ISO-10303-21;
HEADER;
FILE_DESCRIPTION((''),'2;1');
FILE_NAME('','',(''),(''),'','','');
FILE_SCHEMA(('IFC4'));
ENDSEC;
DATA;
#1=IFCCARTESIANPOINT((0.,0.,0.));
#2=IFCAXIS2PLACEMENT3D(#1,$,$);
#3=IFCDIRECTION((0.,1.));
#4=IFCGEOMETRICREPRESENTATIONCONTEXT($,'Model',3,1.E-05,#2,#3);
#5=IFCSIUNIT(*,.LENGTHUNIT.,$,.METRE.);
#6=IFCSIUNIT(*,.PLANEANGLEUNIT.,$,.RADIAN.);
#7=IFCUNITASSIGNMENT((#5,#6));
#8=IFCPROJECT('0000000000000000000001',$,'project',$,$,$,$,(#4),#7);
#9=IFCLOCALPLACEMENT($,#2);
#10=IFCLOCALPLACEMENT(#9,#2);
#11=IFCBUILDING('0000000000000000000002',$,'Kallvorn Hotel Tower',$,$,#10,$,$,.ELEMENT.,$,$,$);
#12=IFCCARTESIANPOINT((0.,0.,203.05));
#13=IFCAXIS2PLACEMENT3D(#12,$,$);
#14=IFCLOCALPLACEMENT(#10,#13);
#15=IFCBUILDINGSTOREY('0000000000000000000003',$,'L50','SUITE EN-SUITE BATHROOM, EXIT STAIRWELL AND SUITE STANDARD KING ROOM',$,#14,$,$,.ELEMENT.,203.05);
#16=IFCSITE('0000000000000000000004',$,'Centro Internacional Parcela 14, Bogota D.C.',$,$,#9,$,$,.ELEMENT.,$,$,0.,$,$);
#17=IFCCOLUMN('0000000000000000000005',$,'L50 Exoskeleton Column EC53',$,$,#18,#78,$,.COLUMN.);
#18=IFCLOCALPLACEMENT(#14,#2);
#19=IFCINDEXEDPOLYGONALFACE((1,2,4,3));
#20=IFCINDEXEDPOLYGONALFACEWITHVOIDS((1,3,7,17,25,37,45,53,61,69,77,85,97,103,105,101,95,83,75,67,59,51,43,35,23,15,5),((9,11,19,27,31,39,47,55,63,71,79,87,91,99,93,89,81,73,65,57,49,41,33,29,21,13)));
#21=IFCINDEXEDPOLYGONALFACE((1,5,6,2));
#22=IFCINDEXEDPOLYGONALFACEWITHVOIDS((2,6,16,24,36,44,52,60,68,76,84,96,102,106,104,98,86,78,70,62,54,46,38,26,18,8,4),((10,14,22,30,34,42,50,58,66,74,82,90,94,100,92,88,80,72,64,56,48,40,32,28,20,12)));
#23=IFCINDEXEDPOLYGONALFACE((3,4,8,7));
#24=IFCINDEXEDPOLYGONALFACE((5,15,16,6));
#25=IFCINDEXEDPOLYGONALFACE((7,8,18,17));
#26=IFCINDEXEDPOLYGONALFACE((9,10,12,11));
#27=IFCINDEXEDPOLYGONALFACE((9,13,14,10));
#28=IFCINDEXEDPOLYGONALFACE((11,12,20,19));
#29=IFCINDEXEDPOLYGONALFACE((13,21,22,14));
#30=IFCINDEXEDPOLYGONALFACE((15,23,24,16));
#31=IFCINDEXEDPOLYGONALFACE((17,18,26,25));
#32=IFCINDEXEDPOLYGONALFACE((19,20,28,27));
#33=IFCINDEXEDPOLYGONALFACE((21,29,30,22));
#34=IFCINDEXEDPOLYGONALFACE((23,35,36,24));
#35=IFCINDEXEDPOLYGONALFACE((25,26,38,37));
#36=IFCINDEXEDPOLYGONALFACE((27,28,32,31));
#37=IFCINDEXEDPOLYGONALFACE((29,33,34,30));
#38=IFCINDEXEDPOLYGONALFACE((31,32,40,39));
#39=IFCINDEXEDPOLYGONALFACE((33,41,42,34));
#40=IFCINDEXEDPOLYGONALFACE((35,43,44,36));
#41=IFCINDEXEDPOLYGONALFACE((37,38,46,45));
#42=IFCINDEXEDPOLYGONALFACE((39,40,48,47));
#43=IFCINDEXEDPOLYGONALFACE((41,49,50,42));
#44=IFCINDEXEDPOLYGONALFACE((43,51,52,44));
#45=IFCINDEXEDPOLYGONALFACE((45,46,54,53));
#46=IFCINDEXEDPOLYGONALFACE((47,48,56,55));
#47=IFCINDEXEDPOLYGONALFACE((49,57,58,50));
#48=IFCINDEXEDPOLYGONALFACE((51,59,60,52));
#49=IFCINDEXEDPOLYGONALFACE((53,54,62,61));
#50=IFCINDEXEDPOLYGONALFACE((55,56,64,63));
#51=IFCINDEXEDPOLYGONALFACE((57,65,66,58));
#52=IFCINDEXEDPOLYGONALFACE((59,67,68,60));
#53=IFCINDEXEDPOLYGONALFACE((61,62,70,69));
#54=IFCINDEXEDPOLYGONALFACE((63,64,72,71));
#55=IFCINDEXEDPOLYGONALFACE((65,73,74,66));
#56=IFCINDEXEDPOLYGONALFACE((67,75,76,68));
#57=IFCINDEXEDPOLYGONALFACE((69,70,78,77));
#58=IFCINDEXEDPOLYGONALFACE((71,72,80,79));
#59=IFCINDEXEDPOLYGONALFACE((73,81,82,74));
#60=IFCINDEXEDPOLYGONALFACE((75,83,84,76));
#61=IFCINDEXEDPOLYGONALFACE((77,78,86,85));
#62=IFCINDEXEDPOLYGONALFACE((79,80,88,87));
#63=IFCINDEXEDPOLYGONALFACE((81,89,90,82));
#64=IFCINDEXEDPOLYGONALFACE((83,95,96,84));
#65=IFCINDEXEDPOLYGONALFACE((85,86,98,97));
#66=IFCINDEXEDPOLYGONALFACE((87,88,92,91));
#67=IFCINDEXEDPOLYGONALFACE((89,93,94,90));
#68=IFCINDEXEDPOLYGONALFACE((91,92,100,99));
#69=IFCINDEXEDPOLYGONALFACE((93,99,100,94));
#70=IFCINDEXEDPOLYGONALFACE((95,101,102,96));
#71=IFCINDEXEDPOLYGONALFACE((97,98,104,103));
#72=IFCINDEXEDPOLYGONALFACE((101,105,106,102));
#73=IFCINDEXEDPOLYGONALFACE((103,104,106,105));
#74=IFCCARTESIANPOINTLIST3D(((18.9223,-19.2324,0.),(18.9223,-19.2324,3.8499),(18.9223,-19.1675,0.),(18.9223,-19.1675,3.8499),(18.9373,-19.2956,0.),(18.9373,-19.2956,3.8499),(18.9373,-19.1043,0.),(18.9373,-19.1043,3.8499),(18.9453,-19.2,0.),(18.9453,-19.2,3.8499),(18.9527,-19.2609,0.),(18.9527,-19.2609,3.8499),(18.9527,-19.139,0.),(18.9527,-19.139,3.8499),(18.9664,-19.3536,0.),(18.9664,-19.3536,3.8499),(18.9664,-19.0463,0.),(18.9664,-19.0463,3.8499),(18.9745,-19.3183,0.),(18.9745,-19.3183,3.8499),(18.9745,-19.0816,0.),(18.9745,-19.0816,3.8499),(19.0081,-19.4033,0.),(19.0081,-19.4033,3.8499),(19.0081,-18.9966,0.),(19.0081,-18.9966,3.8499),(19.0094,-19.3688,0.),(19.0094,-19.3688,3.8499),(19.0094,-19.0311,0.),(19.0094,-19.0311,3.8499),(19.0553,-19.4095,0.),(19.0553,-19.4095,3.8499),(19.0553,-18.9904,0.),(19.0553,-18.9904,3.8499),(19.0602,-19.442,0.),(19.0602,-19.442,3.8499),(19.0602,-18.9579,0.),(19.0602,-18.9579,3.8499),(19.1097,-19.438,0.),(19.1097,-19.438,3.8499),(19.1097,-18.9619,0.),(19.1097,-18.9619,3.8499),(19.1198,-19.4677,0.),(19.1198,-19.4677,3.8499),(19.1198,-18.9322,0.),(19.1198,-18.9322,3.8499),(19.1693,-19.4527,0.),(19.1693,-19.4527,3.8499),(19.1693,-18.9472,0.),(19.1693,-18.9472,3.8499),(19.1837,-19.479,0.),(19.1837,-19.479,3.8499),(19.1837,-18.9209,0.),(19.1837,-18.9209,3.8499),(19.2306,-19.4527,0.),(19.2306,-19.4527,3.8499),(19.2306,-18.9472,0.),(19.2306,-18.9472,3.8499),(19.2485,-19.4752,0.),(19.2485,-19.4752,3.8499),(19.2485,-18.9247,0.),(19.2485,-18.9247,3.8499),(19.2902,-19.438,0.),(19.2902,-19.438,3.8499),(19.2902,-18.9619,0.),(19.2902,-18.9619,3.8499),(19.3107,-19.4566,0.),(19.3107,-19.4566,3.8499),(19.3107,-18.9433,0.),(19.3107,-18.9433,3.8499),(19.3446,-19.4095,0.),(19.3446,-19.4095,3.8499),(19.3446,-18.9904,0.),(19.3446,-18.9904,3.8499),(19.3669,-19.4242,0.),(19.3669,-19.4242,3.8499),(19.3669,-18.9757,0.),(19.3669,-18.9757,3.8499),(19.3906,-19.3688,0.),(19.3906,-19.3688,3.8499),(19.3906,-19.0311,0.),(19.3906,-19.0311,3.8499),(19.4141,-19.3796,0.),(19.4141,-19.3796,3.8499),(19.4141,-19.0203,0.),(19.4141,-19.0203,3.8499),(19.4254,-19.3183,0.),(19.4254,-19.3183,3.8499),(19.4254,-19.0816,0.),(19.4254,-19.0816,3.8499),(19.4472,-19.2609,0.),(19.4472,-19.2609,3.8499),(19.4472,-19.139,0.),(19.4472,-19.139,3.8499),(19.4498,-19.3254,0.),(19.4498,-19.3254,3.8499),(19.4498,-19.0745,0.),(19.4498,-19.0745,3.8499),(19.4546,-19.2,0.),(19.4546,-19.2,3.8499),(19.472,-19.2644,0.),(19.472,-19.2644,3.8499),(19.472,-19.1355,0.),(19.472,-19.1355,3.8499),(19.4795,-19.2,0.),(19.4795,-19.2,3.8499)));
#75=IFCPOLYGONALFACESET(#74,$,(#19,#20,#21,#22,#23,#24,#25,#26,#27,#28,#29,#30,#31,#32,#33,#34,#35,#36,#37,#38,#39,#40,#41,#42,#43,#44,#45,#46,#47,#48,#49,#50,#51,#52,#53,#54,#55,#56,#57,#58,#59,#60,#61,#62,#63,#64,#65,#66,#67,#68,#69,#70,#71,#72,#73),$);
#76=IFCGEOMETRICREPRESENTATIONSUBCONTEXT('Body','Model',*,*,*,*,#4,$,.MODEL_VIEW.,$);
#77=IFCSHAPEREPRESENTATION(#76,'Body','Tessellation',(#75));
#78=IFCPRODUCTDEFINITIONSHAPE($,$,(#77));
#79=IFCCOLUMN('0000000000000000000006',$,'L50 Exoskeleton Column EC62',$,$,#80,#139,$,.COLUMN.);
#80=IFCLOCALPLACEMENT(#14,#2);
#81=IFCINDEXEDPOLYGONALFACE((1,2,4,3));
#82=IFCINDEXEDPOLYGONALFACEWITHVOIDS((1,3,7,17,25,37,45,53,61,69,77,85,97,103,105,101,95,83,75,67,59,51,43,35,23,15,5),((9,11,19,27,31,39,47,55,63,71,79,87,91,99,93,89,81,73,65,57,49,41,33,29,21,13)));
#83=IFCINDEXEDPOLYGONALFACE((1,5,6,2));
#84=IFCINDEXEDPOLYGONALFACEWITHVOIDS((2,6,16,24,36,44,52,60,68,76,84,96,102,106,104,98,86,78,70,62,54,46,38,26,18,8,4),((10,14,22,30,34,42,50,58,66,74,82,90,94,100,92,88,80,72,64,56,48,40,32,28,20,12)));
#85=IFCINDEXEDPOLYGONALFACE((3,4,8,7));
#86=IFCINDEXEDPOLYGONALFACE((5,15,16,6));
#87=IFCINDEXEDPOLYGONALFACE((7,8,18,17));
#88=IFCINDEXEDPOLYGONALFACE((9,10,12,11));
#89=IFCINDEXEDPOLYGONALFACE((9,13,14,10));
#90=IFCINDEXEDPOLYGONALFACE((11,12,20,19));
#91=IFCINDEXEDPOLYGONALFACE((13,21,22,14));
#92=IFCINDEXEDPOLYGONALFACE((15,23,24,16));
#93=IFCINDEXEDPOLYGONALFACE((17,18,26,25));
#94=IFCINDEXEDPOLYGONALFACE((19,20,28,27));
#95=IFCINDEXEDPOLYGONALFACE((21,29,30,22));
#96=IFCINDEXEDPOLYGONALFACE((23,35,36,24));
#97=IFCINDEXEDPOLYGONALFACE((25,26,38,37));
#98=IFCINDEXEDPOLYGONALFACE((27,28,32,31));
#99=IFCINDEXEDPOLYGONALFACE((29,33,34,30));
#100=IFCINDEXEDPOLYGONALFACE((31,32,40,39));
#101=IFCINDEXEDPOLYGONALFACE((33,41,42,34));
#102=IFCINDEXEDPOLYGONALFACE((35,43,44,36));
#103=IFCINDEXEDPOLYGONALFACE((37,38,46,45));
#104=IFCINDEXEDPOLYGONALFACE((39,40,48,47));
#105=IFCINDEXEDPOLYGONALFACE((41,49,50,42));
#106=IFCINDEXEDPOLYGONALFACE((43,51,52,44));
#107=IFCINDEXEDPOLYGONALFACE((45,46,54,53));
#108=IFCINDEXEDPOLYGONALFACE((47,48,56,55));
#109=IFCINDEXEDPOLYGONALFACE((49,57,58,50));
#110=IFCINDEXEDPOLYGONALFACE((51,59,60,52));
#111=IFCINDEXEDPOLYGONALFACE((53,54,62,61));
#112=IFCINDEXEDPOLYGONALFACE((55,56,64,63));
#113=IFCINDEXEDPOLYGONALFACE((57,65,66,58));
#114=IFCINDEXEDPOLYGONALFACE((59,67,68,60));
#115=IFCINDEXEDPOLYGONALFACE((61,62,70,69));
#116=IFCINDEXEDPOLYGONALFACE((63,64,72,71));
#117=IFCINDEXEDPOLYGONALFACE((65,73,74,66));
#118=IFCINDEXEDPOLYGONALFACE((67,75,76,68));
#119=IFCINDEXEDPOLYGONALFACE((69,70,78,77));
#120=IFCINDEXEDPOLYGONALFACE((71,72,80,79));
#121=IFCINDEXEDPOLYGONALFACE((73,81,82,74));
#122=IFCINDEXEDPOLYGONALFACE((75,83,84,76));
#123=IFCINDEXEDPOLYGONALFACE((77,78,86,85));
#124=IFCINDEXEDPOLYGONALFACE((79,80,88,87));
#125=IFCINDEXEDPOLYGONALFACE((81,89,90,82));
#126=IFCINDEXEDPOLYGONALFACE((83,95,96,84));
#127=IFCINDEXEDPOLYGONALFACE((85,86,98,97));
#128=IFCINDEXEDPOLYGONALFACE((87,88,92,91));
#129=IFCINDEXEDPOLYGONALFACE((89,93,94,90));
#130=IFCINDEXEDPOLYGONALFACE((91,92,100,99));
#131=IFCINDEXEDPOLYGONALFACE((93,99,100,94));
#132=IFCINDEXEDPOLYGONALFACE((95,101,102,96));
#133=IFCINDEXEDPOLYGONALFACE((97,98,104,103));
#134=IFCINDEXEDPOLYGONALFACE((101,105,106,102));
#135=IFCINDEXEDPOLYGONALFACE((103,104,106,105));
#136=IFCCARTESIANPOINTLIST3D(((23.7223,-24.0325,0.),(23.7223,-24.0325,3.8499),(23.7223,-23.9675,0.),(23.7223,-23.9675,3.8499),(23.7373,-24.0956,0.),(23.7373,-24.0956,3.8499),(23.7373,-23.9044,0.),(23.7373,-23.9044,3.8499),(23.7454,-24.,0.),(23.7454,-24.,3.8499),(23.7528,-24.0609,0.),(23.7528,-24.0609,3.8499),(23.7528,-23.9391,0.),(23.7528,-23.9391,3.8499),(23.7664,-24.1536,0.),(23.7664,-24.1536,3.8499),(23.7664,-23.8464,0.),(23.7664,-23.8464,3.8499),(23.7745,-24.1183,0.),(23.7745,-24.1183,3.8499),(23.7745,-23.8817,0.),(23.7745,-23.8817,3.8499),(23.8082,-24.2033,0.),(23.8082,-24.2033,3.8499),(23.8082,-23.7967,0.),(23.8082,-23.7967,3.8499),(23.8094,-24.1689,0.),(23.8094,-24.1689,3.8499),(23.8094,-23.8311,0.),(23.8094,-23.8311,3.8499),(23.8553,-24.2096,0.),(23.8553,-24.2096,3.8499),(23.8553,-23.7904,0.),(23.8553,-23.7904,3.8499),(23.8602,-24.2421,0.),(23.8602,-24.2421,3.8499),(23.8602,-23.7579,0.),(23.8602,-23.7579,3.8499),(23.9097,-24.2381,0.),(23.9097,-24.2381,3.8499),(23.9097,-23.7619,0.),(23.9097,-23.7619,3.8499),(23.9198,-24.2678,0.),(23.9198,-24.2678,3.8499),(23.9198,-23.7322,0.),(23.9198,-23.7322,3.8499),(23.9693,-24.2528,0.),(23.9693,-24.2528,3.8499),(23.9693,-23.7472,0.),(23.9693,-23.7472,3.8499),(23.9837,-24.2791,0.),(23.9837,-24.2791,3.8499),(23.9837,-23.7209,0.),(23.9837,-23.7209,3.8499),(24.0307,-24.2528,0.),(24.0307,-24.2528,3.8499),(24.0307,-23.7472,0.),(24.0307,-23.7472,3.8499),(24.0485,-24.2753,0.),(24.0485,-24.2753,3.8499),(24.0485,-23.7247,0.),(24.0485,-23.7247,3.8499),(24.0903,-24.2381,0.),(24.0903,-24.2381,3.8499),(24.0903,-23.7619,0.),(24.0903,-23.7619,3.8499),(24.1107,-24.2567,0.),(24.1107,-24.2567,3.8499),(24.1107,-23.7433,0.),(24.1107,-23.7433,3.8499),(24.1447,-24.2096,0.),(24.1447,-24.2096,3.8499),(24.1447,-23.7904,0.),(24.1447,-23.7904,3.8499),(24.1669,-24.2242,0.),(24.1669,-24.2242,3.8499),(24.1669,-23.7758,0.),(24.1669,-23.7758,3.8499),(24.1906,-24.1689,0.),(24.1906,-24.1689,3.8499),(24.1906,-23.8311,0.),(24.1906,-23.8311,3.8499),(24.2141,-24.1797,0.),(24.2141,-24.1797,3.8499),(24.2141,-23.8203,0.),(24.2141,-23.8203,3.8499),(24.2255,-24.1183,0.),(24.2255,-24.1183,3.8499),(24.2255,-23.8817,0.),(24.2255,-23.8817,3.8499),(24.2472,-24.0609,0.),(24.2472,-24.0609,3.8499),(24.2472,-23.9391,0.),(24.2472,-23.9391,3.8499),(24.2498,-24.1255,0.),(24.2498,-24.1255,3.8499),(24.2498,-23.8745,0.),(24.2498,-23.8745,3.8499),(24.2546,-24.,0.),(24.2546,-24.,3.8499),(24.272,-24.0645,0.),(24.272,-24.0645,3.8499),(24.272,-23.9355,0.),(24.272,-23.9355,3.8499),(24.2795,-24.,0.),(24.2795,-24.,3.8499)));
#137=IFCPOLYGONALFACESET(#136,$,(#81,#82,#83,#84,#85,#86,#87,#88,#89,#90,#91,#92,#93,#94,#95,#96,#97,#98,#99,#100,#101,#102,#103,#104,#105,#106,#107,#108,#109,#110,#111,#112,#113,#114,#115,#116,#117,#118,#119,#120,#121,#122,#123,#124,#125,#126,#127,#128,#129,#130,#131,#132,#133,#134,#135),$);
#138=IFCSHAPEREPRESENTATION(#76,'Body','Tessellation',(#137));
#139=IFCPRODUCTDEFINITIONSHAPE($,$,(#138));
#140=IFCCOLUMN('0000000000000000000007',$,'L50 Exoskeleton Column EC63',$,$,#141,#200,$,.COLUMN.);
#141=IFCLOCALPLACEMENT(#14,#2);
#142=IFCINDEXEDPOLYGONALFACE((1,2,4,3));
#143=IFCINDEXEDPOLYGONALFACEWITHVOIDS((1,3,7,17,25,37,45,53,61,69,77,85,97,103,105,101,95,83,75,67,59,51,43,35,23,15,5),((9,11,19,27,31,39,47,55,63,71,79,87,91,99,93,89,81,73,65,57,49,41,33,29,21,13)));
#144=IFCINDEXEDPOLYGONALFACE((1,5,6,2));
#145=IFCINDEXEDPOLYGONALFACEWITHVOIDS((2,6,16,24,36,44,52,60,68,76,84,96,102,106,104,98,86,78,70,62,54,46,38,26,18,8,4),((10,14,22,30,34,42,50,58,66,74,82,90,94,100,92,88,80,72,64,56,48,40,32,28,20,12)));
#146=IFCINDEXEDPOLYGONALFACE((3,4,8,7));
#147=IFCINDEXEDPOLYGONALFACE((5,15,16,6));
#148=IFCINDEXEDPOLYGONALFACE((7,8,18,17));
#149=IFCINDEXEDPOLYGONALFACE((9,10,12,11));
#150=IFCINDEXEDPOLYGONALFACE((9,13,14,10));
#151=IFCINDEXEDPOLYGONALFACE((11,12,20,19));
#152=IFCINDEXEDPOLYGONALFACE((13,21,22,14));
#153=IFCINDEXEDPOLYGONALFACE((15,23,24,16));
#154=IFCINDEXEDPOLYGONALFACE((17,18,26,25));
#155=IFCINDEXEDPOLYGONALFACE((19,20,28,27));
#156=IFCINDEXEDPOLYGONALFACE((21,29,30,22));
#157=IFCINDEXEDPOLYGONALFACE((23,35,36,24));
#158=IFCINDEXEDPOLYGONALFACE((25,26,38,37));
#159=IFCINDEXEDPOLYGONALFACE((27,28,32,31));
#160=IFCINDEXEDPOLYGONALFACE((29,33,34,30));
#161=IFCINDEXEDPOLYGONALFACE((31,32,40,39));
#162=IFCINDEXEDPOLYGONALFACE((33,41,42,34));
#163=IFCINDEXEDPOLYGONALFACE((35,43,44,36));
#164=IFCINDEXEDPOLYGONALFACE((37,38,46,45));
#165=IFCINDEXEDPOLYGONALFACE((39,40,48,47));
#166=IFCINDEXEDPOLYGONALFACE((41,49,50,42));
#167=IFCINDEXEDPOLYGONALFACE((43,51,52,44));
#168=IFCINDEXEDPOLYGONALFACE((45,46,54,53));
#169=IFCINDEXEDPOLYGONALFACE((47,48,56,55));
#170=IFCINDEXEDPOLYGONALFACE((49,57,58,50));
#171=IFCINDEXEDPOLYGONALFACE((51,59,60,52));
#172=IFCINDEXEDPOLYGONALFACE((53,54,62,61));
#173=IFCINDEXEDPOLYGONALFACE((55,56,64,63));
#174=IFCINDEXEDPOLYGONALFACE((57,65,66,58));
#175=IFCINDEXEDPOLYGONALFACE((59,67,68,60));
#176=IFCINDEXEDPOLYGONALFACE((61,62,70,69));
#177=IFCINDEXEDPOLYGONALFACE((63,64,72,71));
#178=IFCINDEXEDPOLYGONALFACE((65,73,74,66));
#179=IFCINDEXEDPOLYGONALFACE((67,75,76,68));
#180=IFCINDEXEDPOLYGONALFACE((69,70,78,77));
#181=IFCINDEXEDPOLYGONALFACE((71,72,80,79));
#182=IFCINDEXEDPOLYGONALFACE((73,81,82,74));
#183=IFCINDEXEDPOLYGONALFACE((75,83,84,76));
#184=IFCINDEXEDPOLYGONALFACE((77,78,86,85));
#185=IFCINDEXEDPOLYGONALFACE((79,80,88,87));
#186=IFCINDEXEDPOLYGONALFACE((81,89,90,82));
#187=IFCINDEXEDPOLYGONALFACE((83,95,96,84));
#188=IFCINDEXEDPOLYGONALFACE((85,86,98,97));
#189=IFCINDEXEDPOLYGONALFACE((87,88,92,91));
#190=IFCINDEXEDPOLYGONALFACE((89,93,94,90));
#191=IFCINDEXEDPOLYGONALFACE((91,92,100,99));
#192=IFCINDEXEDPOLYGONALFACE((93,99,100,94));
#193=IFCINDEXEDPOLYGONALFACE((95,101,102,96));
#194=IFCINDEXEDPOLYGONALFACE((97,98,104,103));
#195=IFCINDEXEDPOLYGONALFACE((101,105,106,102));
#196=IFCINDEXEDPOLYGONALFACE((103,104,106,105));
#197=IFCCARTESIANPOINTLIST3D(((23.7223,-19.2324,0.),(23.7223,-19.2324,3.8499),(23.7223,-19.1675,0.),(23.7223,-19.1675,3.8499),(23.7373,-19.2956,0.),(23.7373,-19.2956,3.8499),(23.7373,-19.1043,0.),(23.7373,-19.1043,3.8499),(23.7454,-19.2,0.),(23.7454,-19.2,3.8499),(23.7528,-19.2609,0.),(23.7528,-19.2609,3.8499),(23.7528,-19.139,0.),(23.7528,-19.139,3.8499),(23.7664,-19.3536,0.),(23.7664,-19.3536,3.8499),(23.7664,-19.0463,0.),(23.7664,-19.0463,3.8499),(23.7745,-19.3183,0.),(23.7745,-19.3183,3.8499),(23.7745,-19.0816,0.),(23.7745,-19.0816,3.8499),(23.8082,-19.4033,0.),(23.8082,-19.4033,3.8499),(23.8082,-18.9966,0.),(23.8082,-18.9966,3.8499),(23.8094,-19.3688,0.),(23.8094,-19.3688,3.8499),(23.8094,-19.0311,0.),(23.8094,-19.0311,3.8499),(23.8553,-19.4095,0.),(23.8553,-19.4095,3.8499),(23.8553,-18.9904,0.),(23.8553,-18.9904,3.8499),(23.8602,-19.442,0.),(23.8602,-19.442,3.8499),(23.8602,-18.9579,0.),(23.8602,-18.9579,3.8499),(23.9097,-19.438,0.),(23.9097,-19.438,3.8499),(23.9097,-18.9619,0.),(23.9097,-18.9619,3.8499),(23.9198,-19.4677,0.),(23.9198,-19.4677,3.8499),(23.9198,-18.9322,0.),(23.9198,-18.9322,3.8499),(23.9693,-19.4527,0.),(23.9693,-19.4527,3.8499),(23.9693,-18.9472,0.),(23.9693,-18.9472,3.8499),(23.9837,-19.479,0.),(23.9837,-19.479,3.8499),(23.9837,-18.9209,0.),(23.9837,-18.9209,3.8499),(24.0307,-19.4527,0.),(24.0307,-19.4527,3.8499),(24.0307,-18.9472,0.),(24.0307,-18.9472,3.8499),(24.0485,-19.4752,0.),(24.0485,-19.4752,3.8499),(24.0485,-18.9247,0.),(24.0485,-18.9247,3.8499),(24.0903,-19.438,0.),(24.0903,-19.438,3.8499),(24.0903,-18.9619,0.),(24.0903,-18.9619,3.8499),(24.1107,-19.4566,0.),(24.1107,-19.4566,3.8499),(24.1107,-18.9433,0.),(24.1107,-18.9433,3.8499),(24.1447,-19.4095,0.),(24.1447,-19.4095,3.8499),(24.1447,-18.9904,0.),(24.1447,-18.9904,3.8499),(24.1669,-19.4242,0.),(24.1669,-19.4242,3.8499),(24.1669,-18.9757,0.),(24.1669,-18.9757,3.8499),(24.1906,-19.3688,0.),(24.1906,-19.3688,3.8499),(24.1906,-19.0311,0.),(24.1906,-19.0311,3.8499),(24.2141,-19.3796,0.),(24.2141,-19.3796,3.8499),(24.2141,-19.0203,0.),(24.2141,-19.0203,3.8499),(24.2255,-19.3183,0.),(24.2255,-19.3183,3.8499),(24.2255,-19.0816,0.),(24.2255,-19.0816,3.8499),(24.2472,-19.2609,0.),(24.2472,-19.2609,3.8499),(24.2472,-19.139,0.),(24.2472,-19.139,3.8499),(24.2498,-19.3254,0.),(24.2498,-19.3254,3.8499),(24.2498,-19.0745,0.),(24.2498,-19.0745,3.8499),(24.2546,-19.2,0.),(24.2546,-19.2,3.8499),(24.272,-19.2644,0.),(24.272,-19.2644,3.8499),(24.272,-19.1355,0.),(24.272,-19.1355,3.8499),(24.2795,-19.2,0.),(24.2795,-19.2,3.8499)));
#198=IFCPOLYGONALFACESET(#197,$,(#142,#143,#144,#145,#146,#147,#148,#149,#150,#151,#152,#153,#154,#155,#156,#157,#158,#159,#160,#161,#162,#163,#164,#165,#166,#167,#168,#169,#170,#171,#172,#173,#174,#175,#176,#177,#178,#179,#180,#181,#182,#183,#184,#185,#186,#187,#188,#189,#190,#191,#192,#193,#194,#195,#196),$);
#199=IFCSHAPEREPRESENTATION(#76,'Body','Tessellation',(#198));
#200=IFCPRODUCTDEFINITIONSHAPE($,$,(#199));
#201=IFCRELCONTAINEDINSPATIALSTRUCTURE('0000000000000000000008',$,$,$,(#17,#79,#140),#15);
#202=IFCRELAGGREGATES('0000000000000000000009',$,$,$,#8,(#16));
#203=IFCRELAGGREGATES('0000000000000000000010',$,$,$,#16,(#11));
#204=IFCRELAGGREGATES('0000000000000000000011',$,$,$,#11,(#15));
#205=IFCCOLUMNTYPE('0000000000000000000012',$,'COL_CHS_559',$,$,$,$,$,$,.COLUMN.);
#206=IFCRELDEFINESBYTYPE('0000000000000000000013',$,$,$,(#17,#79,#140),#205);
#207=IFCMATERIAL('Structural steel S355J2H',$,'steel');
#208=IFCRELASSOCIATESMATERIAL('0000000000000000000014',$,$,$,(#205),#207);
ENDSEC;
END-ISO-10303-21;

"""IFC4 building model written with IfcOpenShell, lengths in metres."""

from ifc_helpers import new_model, si_unit, direction, frame, origin, origin_2d, place, context, subcontext, project, spatial, hollow_circle, extrude, material, material_profile, profile_set, type_object, element, save


model = new_model("IFC4")

# Units and contexts
model_context = context("Model", 3, precision=1e-05, world=origin(), true_north=direction((0.0, 1.0)))
body_context = subcontext(model_context, "Body", "Model", "MODEL_VIEW")
ifc_project = project(units=[si_unit("LENGTHUNIT", "METRE"), si_unit("PLANEANGLEUNIT", "RADIAN")], contexts=[model_context])

# Site, building, storey
site_placement = place(None, origin())
site = spatial("IfcSite", under=ifc_project, at=site_placement, Name="Centro Internacional Parcela 14, Bogota D.C.", CompositionType="ELEMENT", RefElevation=0.0)
building_placement = place(site_placement, origin())
building = spatial("IfcBuilding", under=site, at=building_placement, Name="Kallvorn Hotel Tower", CompositionType="ELEMENT")
storey_placement = place(building_placement, frame((0.0, 0.0, 203.05)))
storey = spatial("IfcBuildingStorey", under=building, at=storey_placement, Name="L50", Description="SUITE EN-SUITE BATHROOM, EXIT STAIRWELL AND SUITE STANDARD KING ROOM", CompositionType="ELEMENT", Elevation=203.05)

# Columns
ifc_material_1 = material(Name="Structural steel S355J2H", Category="steel")
ifc_material_profile_1 = material_profile(ifc_material_1, hollow_circle(Radius=0.2795, WallThickness=0.0249, at=origin_2d()), Name="CHS 559x25")
ifc_profile_set_1 = profile_set([ifc_material_profile_1], Name="Structural steel S355J2H")
column_type = type_object("IfcColumnType", Name="COL_CHS_559", PredefinedType="COLUMN", material=ifc_profile_set_1)
for number, where, z_axis, x_axis, name in (
    (1, (19.2, -19.2, 0.0), (0.0, 0.0, 1.0), (1.0, 0.0, 0.0), "L50 Exoskeleton Column EC53"),
    (2, (24.0, -24.0, 0.0), (0.0, 0.0, 1.0), (1.0, 0.0, 0.0), "L50 Exoskeleton Column EC62"),
    (3, (24.0, -19.2, 0.0), (0.0, 0.0, 1.0), (1.0, 0.0, 0.0), "L50 Exoskeleton Column EC63"),
):
    element("IfcColumn", number, at=place(storey_placement, frame(where, z_axis=z_axis, x_axis=x_axis)), inside=storey, type_object=column_type, Name=name, PredefinedType="COLUMN", context=body_context, shape_type="SweptSolid", body=[
        extrude(hollow_circle(Radius=0.2795, WallThickness=0.0249, at=origin_2d()), origin(), (0.0, 0.0, 1.0), 3.8499),
    ])

save(model, "model.ifc")
